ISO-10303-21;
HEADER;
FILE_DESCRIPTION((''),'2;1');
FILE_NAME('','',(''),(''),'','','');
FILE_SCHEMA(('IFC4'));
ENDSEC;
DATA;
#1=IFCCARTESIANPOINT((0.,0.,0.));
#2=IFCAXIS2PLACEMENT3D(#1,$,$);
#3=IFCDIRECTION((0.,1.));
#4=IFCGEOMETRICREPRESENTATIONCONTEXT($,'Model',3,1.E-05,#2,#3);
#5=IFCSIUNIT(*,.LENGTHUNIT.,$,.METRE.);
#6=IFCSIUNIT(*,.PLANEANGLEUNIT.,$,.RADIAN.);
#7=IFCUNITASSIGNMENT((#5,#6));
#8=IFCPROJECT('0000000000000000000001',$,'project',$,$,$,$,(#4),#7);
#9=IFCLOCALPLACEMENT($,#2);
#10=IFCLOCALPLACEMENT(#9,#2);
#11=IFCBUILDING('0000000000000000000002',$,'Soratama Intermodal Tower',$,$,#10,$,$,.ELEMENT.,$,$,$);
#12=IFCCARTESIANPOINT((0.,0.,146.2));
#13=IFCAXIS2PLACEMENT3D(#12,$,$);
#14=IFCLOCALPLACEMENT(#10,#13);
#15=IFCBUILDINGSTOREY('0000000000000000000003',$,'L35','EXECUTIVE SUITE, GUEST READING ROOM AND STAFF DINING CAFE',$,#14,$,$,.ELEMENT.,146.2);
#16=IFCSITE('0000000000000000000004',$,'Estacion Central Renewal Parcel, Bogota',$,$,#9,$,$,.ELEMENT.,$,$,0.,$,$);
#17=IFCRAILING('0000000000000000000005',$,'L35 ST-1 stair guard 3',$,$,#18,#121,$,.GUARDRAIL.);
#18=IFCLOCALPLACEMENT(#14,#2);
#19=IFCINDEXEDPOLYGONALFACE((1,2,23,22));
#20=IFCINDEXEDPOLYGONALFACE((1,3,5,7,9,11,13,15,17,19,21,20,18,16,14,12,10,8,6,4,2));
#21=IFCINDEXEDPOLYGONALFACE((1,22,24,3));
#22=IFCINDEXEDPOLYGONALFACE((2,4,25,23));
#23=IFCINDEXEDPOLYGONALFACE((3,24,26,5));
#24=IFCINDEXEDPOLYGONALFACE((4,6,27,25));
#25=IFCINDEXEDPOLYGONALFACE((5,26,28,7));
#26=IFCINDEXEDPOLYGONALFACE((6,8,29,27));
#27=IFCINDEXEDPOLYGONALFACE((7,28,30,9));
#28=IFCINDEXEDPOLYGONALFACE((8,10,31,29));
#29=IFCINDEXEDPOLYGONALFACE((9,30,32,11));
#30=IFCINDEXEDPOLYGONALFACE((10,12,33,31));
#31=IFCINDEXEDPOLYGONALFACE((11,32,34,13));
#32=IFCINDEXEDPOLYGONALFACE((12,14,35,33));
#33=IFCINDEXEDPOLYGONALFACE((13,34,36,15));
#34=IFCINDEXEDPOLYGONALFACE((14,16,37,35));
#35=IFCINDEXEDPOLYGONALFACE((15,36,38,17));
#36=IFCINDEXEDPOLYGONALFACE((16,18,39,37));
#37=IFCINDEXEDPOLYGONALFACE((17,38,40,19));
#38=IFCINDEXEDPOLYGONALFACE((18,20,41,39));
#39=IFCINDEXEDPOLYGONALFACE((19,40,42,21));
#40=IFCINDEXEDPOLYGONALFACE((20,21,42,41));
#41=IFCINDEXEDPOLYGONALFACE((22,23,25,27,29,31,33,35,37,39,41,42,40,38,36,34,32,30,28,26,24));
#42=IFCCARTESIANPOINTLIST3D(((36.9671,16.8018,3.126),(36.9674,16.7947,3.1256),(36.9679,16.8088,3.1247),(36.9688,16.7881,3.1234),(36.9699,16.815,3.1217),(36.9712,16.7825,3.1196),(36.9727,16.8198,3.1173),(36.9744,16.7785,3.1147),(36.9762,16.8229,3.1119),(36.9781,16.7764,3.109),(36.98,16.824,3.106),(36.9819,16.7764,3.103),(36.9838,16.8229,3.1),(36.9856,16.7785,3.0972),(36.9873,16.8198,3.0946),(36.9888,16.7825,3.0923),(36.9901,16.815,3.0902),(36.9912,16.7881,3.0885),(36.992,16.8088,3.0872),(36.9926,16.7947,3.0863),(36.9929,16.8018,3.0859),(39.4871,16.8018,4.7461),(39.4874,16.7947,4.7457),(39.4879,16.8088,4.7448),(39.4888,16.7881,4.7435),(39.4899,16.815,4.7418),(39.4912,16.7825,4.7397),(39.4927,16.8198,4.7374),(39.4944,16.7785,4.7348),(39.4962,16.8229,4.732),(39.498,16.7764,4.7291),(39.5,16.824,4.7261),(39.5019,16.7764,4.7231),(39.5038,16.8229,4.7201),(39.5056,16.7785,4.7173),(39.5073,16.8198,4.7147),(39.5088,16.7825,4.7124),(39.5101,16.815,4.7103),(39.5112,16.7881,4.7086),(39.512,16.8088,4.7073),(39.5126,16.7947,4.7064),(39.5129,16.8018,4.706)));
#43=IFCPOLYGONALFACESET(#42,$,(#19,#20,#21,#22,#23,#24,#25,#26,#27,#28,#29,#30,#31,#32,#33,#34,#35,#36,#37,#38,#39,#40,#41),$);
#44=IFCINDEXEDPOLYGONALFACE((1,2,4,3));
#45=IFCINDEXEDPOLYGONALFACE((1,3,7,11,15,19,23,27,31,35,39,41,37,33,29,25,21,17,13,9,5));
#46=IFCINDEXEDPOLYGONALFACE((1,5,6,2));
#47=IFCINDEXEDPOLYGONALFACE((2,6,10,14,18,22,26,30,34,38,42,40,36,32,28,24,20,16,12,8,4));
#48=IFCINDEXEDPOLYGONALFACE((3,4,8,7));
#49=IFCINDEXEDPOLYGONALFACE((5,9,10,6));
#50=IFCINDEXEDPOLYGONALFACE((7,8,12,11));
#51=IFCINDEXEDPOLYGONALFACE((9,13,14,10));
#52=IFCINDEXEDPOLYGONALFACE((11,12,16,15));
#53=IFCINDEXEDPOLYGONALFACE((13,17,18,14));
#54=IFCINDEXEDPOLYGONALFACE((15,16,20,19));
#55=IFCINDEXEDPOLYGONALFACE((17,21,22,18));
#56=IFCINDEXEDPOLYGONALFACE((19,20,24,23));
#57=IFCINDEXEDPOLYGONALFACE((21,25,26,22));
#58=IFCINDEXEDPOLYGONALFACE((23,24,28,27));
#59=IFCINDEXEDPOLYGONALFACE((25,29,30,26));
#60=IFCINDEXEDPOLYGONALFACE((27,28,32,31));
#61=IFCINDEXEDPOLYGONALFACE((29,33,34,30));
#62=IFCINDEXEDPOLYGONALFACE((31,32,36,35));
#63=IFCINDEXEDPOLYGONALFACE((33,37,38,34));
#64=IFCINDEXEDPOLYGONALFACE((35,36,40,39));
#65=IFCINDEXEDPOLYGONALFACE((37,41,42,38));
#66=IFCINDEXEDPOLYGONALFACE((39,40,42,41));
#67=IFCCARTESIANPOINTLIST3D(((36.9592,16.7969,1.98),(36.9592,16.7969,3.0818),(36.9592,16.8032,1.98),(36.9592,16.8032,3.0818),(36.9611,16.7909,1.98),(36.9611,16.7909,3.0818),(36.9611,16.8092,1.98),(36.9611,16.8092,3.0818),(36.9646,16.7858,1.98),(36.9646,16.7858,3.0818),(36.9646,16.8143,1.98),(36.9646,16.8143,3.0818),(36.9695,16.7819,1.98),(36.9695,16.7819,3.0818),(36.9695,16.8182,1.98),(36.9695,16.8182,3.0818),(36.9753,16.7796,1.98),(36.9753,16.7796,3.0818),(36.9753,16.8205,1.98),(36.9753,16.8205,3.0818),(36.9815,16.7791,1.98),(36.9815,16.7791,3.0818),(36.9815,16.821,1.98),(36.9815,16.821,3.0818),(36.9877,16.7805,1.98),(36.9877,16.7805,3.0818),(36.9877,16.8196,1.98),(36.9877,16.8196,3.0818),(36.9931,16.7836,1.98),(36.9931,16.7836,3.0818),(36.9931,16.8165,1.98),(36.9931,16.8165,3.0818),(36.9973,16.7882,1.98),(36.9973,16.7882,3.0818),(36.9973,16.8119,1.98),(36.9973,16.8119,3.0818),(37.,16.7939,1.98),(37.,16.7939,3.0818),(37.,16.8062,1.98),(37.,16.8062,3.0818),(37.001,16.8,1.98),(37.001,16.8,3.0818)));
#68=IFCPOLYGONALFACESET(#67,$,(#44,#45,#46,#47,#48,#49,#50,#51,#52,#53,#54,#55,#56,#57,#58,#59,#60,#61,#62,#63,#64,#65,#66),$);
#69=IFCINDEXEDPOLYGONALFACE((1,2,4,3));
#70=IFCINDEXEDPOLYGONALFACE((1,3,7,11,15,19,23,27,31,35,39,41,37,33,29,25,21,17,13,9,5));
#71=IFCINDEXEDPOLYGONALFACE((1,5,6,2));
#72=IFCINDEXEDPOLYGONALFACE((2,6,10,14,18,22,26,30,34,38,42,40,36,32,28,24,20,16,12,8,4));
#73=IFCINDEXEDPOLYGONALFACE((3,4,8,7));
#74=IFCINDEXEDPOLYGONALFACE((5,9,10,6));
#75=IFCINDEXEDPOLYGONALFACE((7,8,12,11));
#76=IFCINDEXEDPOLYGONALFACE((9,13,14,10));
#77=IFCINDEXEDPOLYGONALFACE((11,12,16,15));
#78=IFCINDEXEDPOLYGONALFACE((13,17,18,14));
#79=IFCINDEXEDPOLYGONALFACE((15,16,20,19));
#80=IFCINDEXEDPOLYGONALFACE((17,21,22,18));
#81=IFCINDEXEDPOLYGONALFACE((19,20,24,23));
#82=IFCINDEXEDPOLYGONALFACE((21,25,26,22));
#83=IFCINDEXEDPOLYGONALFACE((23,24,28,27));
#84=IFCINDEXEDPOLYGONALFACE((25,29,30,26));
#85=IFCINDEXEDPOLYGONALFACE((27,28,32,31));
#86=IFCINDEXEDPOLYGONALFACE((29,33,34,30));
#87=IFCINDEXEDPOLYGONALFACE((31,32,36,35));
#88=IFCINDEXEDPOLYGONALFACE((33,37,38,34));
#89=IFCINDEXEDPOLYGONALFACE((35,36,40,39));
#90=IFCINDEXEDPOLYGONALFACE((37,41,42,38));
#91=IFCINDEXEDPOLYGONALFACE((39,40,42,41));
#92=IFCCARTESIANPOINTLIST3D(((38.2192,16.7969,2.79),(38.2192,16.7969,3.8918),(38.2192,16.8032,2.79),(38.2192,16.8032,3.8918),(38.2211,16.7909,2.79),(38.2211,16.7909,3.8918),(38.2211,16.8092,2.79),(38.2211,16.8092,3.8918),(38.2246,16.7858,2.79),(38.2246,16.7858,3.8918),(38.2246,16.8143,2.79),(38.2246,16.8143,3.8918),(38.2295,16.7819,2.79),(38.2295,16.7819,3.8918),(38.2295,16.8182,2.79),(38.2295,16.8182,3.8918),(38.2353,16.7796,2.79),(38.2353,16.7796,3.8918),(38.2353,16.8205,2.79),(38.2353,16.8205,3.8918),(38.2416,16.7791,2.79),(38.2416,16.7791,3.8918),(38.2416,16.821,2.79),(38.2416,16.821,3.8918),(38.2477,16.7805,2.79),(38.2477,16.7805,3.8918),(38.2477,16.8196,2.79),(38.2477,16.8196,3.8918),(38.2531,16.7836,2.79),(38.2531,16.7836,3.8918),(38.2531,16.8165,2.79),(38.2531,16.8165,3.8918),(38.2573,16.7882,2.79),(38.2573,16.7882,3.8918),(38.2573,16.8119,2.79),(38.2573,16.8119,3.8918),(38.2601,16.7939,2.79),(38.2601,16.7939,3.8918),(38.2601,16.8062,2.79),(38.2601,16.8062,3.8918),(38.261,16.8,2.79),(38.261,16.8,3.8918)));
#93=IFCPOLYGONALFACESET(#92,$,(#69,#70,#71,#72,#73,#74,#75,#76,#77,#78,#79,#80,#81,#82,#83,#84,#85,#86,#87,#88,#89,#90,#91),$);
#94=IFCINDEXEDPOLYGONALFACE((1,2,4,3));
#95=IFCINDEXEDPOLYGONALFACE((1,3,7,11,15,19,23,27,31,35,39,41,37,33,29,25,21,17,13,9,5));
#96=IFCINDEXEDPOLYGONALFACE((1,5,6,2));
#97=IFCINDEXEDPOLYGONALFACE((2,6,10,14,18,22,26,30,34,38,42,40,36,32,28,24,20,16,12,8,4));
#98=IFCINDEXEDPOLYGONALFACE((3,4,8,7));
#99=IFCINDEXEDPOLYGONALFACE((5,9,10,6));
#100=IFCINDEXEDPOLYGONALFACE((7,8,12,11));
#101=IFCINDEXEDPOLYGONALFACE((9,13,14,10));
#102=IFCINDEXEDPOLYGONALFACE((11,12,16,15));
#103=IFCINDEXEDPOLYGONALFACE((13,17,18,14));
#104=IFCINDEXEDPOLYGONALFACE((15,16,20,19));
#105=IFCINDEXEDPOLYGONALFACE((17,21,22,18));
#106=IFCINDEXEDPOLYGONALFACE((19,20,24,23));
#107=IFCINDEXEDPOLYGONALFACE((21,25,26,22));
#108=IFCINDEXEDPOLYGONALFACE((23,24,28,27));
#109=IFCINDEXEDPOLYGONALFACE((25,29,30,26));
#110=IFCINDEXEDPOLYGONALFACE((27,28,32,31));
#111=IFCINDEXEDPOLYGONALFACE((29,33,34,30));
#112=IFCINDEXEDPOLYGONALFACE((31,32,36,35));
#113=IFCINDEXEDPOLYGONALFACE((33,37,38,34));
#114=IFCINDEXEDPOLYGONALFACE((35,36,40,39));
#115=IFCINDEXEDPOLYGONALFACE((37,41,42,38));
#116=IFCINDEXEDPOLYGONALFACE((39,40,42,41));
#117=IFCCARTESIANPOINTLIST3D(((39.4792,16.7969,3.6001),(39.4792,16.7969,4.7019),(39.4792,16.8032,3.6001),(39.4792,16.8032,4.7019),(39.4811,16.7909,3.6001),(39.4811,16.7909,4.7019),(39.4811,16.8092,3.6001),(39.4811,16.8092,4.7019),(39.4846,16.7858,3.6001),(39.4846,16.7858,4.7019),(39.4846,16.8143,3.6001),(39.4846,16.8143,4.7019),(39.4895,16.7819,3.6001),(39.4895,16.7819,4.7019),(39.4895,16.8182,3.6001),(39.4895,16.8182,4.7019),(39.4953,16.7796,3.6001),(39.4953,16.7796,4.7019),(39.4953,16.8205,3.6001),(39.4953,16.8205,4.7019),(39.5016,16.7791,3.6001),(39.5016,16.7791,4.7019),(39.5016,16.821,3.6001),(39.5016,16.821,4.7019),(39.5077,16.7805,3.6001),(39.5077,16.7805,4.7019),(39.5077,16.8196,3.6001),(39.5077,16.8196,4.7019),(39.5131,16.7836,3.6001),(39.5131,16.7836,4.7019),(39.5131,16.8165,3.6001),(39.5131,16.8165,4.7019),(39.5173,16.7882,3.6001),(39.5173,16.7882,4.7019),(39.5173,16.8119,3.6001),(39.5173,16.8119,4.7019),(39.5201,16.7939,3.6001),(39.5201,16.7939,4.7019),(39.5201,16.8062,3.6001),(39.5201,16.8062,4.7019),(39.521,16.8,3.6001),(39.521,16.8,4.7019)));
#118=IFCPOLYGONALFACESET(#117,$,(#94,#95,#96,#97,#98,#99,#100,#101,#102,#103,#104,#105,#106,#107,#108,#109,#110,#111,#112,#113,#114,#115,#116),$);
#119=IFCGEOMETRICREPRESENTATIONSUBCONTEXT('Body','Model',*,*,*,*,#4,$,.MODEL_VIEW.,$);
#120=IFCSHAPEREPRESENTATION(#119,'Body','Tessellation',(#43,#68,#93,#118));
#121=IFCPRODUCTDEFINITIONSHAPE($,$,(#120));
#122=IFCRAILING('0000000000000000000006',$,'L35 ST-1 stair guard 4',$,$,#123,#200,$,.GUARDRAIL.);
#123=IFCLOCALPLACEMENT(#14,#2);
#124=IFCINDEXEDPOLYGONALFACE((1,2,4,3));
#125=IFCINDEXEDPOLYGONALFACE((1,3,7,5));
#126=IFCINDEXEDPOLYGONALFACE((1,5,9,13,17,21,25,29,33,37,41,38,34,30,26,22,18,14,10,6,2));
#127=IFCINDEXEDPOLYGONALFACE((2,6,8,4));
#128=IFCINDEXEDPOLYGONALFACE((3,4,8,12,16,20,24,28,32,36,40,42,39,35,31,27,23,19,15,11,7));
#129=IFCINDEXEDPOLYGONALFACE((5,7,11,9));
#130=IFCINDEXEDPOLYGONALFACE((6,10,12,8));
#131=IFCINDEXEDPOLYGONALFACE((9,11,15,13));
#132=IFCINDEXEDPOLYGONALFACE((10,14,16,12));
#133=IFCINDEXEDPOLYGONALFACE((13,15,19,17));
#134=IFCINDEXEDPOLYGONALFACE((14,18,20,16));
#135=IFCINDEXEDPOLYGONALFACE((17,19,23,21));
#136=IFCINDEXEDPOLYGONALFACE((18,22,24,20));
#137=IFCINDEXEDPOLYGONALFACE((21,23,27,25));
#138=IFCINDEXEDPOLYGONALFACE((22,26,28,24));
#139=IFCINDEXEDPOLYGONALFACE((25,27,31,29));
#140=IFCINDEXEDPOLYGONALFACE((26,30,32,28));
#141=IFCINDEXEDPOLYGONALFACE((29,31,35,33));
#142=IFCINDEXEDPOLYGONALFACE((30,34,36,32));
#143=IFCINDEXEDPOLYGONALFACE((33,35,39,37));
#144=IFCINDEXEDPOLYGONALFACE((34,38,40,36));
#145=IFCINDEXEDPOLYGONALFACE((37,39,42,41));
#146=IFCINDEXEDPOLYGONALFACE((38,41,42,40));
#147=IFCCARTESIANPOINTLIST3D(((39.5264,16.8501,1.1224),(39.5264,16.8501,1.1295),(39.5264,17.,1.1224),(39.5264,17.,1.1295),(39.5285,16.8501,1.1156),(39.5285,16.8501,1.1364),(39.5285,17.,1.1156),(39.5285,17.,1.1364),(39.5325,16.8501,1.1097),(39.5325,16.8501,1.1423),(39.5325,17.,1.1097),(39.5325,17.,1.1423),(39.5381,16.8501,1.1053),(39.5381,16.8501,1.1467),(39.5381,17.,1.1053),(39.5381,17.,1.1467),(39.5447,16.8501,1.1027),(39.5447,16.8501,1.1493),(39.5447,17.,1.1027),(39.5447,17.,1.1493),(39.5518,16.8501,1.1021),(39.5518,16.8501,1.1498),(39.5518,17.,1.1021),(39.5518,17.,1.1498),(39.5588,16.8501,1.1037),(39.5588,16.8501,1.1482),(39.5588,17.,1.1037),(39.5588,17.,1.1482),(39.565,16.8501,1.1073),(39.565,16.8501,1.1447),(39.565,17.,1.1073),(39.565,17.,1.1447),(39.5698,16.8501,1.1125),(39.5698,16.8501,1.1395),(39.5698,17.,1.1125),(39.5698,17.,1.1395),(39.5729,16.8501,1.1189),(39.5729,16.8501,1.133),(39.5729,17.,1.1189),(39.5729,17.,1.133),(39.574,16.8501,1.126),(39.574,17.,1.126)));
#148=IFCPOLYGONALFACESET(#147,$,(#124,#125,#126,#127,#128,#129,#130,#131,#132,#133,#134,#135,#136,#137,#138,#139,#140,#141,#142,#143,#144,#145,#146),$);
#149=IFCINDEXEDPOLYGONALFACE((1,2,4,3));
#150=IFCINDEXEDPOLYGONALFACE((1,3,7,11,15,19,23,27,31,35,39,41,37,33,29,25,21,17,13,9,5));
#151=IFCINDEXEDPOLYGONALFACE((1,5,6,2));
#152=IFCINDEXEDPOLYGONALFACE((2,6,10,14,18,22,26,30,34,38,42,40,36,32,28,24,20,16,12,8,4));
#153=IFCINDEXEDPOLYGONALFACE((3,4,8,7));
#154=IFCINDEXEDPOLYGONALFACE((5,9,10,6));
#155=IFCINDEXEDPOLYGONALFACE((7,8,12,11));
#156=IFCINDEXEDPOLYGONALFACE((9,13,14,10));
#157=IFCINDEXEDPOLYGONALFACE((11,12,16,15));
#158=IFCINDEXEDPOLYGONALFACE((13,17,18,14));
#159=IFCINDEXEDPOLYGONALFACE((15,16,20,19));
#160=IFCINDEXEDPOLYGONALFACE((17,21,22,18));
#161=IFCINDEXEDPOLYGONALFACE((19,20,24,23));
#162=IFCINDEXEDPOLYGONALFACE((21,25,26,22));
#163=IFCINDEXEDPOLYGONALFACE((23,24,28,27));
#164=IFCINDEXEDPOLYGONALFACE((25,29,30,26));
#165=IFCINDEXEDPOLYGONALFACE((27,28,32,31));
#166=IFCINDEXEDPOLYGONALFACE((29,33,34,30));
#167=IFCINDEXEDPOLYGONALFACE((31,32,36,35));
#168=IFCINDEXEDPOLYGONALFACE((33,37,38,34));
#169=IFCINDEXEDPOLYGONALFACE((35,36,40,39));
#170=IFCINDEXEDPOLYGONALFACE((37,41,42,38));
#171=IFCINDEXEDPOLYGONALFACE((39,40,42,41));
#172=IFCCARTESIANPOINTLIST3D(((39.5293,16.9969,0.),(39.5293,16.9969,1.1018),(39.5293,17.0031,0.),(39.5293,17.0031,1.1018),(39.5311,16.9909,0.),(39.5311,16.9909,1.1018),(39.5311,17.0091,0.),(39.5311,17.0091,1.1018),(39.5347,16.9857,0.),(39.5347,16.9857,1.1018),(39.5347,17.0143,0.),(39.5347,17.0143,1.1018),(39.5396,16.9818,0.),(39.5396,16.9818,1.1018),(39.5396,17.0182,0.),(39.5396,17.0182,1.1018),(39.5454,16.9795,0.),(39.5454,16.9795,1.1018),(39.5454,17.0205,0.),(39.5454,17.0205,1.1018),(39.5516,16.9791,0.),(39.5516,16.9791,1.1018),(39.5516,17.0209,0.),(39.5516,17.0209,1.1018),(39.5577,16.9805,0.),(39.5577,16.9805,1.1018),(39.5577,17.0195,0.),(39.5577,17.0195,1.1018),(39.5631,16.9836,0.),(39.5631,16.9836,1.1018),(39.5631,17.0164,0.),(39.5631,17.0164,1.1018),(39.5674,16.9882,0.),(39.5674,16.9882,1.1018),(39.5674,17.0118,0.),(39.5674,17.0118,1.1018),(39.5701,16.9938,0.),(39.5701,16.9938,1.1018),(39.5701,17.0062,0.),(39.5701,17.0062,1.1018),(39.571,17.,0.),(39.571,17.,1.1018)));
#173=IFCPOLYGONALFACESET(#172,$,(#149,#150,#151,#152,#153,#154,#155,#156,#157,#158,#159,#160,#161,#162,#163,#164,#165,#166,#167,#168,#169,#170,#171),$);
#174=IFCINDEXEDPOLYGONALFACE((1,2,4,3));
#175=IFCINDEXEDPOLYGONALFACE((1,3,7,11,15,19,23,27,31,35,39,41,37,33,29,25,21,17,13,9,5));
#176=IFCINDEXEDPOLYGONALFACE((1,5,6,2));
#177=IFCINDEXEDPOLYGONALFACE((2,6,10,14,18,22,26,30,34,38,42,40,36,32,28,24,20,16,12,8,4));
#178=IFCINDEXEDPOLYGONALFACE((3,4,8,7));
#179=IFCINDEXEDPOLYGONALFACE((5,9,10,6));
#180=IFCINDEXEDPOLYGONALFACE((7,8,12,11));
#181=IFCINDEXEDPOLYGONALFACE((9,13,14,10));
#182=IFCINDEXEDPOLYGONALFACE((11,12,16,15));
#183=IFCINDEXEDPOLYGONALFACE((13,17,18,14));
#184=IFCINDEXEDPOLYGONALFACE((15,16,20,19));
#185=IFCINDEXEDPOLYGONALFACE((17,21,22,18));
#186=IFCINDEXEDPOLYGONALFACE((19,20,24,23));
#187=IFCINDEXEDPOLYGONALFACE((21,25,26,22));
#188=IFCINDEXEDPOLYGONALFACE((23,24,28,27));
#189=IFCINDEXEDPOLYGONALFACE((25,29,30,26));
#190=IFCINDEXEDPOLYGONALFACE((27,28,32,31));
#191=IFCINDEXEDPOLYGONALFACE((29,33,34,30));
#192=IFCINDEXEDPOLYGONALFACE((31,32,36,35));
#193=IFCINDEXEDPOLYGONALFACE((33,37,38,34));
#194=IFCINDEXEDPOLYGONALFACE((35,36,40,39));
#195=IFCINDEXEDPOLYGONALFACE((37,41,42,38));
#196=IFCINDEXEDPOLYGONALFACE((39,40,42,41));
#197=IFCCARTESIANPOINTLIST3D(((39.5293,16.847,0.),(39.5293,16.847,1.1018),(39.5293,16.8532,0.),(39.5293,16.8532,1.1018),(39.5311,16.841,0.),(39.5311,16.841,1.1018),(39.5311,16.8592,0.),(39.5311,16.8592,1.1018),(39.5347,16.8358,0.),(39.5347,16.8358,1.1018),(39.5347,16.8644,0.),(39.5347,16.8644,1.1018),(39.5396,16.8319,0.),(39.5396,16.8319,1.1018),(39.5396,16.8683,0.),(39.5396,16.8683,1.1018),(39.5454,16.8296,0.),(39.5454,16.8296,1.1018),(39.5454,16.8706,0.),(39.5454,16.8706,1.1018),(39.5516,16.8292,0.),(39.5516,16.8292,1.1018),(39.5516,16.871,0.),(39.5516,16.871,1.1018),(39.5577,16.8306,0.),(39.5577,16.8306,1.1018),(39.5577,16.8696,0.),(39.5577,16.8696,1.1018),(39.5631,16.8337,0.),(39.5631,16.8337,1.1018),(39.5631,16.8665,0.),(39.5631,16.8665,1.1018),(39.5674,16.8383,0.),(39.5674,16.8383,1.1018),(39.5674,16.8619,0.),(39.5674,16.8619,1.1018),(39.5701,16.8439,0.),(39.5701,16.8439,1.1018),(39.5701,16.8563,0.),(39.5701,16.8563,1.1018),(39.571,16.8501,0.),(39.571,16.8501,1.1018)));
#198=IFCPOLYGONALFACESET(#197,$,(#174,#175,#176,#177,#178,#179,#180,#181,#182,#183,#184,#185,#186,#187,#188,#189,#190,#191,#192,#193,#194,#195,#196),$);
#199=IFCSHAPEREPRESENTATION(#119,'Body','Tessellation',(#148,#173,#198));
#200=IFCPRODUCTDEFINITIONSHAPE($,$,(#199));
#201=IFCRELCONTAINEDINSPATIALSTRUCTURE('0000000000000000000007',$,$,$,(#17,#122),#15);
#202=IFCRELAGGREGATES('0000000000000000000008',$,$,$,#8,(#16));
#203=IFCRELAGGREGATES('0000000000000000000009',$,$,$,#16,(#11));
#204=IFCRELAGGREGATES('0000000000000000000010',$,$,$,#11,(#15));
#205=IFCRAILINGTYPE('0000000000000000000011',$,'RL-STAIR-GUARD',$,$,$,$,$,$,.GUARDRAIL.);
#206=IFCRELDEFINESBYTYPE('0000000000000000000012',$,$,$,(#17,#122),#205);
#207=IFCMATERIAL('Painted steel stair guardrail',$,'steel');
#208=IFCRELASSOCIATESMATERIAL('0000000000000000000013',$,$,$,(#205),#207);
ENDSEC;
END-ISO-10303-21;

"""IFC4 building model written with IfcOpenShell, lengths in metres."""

from ifc_helpers import new_model, si_unit, direction, frame, origin, origin_2d, place, context, subcontext, project, spatial, circle, extrude, material, type_object, element, save


model = new_model("IFC4")

# Units and contexts
model_context = context("Model", 3, precision=1e-05, world=origin(), true_north=direction((0.0, 1.0)))
body_context = subcontext(model_context, "Body", "Model", "MODEL_VIEW")
ifc_project = project(units=[si_unit("LENGTHUNIT", "METRE"), si_unit("PLANEANGLEUNIT", "RADIAN")], contexts=[model_context])

# Site, building, storey
site_placement = place(None, origin())
site = spatial("IfcSite", under=ifc_project, at=site_placement, Name="Estacion Central Renewal Parcel, Bogota", CompositionType="ELEMENT", RefElevation=0.0)
building_placement = place(site_placement, origin())
building = spatial("IfcBuilding", under=site, at=building_placement, Name="Soratama Intermodal Tower", CompositionType="ELEMENT")
storey_placement = place(building_placement, frame((0.0, 0.0, 146.2)))
storey = spatial("IfcBuildingStorey", under=building, at=storey_placement, Name="L35", Description="EXECUTIVE SUITE, GUEST READING ROOM AND STAFF DINING CAFE", CompositionType="ELEMENT", Elevation=146.2)

# Railings
ifc_material_1 = material(Name="Painted steel stair guardrail", Category="steel")
railing_type_1 = type_object("IfcRailingType", Name="RL-STAIR-GUARD", PredefinedType="GUARDRAIL", material=ifc_material_1)
railing_1_placement = place(storey_placement, frame((36.98, 16.8, 1.98)))
element("IfcRailing", 1, at=railing_1_placement, inside=storey, type_object=railing_type_1, Name="L35 ST-1 stair guard 3", PredefinedType="GUARDRAIL", context=body_context, shape_type="SweptSolid", body=[
    extrude(circle(Radius=0.0239, at=origin_2d()), frame((0.0, 0.0, 1.126), z_axis=(0.841163, 0.0, 0.540782), x_axis=(0.0, 1.0, 0.0)), (0.0, 0.0, 1.0), 2.9958),
    extrude(circle(Radius=0.021, at=origin_2d()), origin(), (0.0, 0.0, 1.0), 1.1018),
    extrude(circle(Radius=0.021, at=origin_2d()), frame((1.26, 0.0, 0.8101)), (0.0, 0.0, 1.0), 1.1018),
    extrude(circle(Radius=0.021, at=origin_2d()), frame((2.52, 0.0, 1.6201)), (0.0, 0.0, 1.0), 1.1018),
])
railing_2_placement = place(storey_placement, frame((39.55, 17.0, 0.0)))
element("IfcRailing", 2, at=railing_2_placement, inside=storey, type_object=railing_type_1, Name="L35 ST-1 stair guard 4", PredefinedType="GUARDRAIL", context=body_context, shape_type="SweptSolid", body=[
    extrude(circle(Radius=0.0239, at=origin_2d()), frame((0.0, 0.0, 1.126), z_axis=(0.0, -1.0, 0.0), x_axis=(1.0, 0.0, 0.0)), (0.0, 0.0, 1.0), 0.1499),
    extrude(circle(Radius=0.021, at=origin_2d()), origin(), (0.0, 0.0, 1.0), 1.1018),
    extrude(circle(Radius=0.021, at=origin_2d()), frame((0.0, -0.1499, 0.0)), (0.0, 0.0, 1.0), 1.1018),
])

save(model, "model.ifc")
